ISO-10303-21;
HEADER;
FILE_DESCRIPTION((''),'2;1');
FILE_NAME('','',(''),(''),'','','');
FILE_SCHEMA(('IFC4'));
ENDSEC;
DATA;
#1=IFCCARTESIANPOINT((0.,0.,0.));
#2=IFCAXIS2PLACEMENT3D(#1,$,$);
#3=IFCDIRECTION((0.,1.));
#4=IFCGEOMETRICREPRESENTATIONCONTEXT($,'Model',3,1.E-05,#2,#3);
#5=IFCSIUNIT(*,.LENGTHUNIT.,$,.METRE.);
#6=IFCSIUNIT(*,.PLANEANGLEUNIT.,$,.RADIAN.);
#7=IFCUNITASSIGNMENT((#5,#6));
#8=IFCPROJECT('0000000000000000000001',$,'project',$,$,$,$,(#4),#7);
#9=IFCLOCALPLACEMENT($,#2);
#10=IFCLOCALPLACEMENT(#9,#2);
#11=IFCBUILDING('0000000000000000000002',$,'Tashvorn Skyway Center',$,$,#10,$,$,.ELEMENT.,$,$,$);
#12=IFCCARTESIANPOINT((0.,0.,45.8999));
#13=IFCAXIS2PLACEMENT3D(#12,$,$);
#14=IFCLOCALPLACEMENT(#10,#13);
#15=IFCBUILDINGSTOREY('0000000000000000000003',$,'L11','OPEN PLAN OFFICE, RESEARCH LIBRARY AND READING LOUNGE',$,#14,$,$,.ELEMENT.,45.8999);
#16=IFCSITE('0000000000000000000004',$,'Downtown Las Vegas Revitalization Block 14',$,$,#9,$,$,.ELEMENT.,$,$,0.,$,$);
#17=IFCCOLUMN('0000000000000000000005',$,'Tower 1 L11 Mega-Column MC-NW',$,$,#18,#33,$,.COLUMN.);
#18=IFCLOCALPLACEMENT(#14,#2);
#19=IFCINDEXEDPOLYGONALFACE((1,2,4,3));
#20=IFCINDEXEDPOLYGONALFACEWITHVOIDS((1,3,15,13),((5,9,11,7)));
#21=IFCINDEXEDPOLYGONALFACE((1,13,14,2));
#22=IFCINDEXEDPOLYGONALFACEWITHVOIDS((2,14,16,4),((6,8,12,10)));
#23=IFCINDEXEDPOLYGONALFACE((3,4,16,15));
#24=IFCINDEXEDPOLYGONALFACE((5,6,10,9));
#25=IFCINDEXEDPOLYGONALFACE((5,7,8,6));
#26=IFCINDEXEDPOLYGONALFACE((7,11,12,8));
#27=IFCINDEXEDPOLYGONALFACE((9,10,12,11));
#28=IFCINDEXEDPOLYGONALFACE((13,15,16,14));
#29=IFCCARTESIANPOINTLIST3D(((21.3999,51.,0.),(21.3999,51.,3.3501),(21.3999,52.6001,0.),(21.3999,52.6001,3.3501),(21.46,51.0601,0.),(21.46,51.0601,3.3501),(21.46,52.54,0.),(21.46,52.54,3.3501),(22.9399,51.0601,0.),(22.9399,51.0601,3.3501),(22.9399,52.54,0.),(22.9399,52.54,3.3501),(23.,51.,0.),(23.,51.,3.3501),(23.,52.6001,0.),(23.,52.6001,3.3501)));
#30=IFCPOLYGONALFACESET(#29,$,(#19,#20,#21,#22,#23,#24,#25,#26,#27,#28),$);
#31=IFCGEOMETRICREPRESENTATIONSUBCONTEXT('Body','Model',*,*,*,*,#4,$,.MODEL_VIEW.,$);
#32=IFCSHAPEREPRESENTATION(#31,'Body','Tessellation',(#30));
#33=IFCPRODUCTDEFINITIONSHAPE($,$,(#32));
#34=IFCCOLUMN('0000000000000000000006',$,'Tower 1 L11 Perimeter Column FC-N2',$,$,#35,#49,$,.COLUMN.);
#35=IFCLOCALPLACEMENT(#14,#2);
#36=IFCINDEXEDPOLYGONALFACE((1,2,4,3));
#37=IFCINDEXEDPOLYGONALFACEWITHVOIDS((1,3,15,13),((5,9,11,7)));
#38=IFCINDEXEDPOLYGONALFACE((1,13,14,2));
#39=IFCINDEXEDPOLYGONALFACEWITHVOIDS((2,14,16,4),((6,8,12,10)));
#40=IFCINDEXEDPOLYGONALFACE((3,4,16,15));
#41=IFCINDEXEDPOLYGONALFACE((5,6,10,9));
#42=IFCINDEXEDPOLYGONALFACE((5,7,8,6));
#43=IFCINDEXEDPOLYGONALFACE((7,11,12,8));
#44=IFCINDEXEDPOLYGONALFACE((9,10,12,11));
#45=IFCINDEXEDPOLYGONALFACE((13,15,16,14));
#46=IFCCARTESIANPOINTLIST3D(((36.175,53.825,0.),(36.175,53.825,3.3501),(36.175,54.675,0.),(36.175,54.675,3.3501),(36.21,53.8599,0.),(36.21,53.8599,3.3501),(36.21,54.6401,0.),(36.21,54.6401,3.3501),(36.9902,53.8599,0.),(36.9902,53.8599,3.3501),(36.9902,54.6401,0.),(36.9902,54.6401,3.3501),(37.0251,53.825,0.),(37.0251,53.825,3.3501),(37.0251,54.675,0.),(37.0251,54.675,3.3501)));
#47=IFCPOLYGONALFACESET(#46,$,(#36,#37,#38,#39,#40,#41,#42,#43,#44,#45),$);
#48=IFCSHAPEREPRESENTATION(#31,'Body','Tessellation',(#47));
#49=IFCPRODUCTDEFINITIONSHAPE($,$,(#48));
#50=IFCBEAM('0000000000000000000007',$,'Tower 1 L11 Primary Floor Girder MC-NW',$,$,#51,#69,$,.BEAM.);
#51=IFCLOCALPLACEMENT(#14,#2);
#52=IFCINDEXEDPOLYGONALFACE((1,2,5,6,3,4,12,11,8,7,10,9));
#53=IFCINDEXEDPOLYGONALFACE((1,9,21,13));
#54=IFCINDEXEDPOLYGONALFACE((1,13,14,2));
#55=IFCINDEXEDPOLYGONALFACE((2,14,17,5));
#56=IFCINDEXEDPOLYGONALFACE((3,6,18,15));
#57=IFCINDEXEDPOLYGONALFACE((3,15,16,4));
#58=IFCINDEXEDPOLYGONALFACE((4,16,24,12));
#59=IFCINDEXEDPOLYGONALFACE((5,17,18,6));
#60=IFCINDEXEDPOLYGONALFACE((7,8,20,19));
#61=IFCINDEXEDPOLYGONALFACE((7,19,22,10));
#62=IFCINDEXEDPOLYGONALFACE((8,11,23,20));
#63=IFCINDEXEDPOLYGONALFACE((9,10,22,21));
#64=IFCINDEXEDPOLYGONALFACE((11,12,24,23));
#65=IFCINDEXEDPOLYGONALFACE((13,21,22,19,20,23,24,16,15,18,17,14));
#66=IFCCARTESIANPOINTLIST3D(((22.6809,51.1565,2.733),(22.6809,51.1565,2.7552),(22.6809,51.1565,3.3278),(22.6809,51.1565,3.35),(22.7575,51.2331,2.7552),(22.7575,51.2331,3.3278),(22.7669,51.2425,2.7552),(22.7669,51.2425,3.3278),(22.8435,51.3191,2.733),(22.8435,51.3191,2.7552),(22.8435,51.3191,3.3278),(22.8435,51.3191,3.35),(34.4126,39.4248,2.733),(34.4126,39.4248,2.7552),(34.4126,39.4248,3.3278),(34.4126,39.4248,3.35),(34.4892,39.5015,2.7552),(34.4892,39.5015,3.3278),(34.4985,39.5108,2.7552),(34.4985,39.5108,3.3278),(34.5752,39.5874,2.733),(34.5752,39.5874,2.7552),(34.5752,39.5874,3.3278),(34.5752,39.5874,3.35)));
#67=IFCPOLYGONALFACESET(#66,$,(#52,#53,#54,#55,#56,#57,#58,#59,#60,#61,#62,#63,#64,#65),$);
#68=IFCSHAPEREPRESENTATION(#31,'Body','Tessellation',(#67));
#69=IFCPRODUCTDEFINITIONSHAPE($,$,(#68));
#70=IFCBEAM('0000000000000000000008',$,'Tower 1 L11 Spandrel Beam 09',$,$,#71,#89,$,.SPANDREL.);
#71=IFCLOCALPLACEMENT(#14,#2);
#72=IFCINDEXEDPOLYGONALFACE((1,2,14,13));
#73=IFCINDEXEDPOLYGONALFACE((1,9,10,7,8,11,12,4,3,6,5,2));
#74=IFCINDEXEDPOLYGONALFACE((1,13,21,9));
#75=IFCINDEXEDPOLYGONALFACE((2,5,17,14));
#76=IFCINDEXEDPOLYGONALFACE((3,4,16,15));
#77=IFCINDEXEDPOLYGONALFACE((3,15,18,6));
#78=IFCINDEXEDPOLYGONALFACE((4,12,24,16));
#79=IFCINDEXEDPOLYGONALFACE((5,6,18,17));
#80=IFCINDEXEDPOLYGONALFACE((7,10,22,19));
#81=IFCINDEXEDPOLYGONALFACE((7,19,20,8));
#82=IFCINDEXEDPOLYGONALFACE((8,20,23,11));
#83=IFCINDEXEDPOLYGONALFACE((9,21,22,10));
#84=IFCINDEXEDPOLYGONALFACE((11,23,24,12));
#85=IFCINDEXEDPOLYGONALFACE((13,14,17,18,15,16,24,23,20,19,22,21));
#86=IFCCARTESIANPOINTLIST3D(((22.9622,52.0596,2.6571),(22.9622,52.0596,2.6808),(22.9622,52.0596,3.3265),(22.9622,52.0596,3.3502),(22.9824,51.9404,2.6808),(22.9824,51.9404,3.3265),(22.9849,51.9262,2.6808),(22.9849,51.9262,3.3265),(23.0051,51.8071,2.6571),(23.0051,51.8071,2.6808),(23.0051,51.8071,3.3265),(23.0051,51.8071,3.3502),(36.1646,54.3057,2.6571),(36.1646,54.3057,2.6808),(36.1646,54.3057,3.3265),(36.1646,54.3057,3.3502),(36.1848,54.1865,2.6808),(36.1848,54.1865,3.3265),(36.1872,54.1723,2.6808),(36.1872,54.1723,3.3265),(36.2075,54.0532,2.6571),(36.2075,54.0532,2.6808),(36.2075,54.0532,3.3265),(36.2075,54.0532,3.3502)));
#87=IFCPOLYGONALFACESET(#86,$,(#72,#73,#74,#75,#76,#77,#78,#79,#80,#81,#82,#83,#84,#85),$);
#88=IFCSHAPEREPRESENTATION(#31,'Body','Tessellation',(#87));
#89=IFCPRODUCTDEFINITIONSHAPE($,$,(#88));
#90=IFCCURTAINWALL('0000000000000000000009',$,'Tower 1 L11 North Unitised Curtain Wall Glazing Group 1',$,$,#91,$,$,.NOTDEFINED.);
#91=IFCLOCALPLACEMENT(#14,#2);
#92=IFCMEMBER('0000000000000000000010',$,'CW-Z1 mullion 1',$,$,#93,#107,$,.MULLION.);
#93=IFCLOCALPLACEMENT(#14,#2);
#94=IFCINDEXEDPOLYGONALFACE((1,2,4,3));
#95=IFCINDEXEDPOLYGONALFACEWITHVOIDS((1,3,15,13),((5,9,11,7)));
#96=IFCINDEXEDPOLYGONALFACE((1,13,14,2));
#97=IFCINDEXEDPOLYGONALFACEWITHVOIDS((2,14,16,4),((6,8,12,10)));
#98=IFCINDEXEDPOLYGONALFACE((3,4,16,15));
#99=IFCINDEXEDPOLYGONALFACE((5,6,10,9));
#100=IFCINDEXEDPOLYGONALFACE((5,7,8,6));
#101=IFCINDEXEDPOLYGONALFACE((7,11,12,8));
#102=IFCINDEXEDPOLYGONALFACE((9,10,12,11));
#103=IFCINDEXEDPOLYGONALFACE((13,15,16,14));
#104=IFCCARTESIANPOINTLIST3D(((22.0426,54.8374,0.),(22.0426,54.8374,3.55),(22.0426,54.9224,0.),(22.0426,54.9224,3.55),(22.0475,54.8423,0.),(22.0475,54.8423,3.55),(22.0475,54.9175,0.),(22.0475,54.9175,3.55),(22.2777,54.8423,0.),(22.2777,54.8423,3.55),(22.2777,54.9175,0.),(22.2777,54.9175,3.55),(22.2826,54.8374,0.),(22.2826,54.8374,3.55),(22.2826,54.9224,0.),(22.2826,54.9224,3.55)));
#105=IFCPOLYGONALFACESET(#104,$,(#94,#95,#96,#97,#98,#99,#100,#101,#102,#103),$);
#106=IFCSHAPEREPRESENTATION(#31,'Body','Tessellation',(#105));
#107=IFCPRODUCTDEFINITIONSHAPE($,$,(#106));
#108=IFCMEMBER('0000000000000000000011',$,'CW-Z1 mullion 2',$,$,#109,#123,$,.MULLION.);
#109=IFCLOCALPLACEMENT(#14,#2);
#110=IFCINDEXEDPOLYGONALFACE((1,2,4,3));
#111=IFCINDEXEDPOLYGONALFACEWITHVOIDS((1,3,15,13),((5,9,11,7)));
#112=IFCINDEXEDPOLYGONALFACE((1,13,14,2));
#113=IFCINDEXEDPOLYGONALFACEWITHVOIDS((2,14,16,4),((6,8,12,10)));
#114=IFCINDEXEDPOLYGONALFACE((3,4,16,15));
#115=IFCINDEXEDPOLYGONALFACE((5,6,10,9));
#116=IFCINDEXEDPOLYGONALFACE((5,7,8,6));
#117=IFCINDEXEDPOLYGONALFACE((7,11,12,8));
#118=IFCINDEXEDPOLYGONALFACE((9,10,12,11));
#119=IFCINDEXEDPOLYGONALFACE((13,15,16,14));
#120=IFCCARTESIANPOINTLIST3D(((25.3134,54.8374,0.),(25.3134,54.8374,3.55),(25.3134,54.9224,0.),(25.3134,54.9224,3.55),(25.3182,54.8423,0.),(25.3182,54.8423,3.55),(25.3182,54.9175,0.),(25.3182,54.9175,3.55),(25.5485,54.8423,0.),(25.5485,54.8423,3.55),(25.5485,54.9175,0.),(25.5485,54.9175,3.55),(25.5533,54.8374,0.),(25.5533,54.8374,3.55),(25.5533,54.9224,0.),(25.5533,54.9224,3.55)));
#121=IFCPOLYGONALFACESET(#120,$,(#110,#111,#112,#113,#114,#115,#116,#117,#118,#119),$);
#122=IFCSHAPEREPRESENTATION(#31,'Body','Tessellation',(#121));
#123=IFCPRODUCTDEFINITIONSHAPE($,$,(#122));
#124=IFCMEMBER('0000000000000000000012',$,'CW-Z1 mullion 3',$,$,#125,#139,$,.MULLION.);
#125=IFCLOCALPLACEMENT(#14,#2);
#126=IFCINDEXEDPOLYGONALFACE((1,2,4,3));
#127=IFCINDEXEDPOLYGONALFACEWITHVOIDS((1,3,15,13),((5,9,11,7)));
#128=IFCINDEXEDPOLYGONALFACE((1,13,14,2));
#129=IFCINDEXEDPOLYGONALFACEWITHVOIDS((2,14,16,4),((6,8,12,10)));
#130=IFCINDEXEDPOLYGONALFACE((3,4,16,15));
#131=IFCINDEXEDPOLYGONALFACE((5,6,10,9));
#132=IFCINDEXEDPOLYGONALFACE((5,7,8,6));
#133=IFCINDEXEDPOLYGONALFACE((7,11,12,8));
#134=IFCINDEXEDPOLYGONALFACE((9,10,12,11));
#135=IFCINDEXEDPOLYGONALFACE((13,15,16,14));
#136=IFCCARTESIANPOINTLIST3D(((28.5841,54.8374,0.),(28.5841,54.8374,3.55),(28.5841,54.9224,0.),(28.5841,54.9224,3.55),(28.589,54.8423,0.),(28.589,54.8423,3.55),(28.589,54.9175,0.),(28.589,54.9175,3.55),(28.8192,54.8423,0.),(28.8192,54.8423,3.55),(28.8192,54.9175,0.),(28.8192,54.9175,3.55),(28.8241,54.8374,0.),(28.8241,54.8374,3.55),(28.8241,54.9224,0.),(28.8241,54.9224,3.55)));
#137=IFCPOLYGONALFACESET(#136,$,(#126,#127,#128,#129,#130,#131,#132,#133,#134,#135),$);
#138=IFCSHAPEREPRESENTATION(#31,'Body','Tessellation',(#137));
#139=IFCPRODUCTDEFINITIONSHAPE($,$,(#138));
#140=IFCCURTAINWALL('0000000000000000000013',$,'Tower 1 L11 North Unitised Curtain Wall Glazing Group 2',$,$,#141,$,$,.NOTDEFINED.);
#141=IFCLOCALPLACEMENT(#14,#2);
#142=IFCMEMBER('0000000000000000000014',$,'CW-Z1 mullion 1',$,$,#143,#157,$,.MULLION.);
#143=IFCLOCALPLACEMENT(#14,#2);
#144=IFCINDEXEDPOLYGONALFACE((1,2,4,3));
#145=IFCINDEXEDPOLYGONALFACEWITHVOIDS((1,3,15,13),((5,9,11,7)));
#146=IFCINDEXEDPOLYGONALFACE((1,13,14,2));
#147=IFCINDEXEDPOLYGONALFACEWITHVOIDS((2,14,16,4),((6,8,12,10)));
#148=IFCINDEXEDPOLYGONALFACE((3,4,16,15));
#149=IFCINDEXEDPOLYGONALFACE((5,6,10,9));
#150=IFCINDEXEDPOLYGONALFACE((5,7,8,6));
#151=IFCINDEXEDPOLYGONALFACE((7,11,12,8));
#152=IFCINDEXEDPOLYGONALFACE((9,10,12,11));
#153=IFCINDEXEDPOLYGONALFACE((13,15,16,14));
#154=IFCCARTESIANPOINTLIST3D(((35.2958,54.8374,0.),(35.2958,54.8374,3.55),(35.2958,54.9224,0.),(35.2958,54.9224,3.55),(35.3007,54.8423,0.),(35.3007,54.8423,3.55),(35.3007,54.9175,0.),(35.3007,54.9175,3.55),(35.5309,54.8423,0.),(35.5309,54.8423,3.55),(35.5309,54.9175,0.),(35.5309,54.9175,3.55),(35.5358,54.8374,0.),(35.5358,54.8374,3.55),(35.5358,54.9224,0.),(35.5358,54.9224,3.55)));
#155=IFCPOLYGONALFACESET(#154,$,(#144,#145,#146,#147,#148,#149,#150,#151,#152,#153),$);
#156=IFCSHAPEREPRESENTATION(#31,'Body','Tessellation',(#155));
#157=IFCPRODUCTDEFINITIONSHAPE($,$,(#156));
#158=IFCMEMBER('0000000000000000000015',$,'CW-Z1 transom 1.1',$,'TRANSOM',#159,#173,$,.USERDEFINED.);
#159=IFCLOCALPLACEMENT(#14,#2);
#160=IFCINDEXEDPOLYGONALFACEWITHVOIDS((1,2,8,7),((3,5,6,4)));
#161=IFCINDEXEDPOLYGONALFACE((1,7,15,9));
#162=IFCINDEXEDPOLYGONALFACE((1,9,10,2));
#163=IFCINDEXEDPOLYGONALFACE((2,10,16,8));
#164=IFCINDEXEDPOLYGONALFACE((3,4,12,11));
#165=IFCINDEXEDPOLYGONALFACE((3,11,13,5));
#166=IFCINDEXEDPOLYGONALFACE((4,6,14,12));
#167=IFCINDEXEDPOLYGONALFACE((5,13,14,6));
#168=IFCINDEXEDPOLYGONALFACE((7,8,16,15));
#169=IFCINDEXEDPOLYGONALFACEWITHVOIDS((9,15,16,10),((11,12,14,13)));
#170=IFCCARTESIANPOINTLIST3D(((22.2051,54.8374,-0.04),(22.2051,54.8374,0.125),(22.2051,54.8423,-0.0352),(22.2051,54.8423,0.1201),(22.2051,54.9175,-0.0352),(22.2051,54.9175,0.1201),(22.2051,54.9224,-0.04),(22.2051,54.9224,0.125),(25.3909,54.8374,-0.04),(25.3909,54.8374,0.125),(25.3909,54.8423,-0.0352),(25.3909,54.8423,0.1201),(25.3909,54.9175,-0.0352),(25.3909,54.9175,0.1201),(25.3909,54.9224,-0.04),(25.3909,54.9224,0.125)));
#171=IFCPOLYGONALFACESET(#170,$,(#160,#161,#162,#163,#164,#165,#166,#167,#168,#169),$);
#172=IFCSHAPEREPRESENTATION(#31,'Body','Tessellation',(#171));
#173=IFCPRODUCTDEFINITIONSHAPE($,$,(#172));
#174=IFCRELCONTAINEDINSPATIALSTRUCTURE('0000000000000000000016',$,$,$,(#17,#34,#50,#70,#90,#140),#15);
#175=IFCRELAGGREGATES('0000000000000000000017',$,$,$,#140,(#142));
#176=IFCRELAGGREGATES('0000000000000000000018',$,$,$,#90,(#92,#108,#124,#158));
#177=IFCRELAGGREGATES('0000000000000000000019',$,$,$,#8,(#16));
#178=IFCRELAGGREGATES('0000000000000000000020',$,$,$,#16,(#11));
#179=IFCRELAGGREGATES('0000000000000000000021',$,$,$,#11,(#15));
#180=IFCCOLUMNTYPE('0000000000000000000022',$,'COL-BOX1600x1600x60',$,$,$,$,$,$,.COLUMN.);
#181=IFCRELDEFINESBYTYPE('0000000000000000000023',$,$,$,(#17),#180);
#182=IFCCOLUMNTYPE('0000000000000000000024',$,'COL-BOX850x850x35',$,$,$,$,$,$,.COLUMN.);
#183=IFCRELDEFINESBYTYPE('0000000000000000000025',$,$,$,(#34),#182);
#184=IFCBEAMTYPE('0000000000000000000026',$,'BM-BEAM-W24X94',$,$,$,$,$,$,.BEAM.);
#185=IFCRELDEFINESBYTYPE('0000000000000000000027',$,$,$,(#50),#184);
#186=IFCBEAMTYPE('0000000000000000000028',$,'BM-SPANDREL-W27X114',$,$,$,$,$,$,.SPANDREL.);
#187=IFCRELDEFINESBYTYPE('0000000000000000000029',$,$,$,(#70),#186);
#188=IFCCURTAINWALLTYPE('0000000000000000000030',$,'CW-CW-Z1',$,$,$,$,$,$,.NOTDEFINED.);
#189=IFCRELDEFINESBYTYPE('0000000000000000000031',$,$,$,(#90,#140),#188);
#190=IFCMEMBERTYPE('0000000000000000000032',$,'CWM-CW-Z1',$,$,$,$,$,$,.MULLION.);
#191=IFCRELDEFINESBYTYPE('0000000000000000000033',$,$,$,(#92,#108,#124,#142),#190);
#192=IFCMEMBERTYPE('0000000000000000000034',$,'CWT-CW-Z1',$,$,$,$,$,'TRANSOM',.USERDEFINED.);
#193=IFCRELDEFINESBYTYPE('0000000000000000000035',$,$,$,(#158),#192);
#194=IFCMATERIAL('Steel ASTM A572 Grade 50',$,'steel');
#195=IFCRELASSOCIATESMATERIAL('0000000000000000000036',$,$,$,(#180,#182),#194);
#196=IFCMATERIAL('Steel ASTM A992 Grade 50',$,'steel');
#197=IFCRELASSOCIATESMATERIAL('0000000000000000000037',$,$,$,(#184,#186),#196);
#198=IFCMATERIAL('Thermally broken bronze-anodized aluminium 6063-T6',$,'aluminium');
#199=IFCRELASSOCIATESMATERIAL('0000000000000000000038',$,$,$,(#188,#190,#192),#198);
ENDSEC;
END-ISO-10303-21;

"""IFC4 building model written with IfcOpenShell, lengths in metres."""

from ifc_helpers import new_model, si_unit, direction, frame, origin, origin_2d, place, context, subcontext, project, spatial, hollow_rectangle, i_section, extrude, material, material_profile, profile_set, type_object, element, aggregate, save


model = new_model("IFC4")

# Units and contexts
model_context = context("Model", 3, precision=1e-05, world=origin(), true_north=direction((0.0, 1.0)))
body_context = subcontext(model_context, "Body", "Model", "MODEL_VIEW")
ifc_project = project(units=[si_unit("LENGTHUNIT", "METRE"), si_unit("PLANEANGLEUNIT", "RADIAN")], contexts=[model_context])

# Site, building, storey
site_placement = place(None, origin())
site = spatial("IfcSite", under=ifc_project, at=site_placement, Name="Downtown Las Vegas Revitalization Block 14", CompositionType="ELEMENT", RefElevation=0.0)
building_placement = place(site_placement, origin())
building = spatial("IfcBuilding", under=site, at=building_placement, Name="Tashvorn Skyway Center", CompositionType="ELEMENT")
storey_placement = place(building_placement, frame((0.0, 0.0, 45.8999)))
storey = spatial("IfcBuildingStorey", under=building, at=storey_placement, Name="L11", Description="OPEN PLAN OFFICE, RESEARCH LIBRARY AND READING LOUNGE", CompositionType="ELEMENT", Elevation=45.8999)

# Columns
ifc_material_1 = material(Name="Steel ASTM A572 Grade 50", Category="steel")
ifc_material_profile_1 = material_profile(ifc_material_1, hollow_rectangle(XDim=1.6001, YDim=1.6001, WallThickness=0.0601, at=origin_2d()), Name="BOX1600x1600x60")
ifc_profile_set_1 = profile_set([ifc_material_profile_1], Name="Steel ASTM A572 Grade 50")
column_type_1 = type_object("IfcColumnType", Name="COL-BOX1600x1600x60", PredefinedType="COLUMN", material=ifc_profile_set_1)
column_1_placement = place(storey_placement, frame((22.2, 51.8, 0.0), z_axis=(0.0, 0.0, 1.0), x_axis=(1.0, 0.0, 0.0)))
element("IfcColumn", 1, at=column_1_placement, inside=storey, type_object=column_type_1, Name="Tower 1 L11 Mega-Column MC-NW", PredefinedType="COLUMN", context=body_context, shape_type="SweptSolid", body=[
    extrude(hollow_rectangle(XDim=1.6001, YDim=1.6001, WallThickness=0.0601, at=origin_2d()), origin(), (0.0, 0.0, 1.0), 3.3501),
])
ifc_material_profile_2 = material_profile(ifc_material_1, hollow_rectangle(XDim=0.8501, YDim=0.8501, WallThickness=0.0349, at=origin_2d()), Name="BOX850x850x35")
ifc_profile_set_2 = profile_set([ifc_material_profile_2], Name="Steel ASTM A572 Grade 50")
column_type_2 = type_object("IfcColumnType", Name="COL-BOX850x850x35", PredefinedType="COLUMN", material=ifc_profile_set_2)
column_2_placement = place(storey_placement, frame((36.6001, 54.25, 0.0), z_axis=(0.0, 0.0, 1.0), x_axis=(1.0, 0.0, 0.0)))
element("IfcColumn", 2, at=column_2_placement, inside=storey, type_object=column_type_2, Name="Tower 1 L11 Perimeter Column FC-N2", PredefinedType="COLUMN", context=body_context, shape_type="SweptSolid", body=[
    extrude(hollow_rectangle(XDim=0.8501, YDim=0.8501, WallThickness=0.0349, at=origin_2d()), origin(), (0.0, 0.0, 1.0), 3.3501),
])

# Beams
ifc_material_2 = material(Name="Steel ASTM A992 Grade 50", Category="steel")
ifc_material_profile_3 = material_profile(ifc_material_2, i_section(OverallWidth=0.23, OverallDepth=0.6169, WebThickness=0.0132, FlangeThickness=0.0222, at=origin_2d()), Name="W24X94")
ifc_profile_set_3 = profile_set([ifc_material_profile_3], Name="Steel ASTM A992 Grade 50")
beam_type_1 = type_object("IfcBeamType", Name="BM-BEAM-W24X94", PredefinedType="BEAM", material=ifc_profile_set_3)
beam_1_placement = place(storey_placement, frame((22.7622, 51.2378, 3.0415), z_axis=(0.707107, -0.707107, 0.0), x_axis=(0.707107, 0.707107, 0.0)))
element("IfcBeam", 3, at=beam_1_placement, inside=storey, type_object=beam_type_1, Name="Tower 1 L11 Primary Floor Girder MC-NW", PredefinedType="BEAM", context=body_context, shape_type="SweptSolid", body=[
    extrude(i_section(OverallWidth=0.23, OverallDepth=0.6169, WebThickness=0.0132, FlangeThickness=0.0222, at=origin_2d()), origin(), (0.0, 0.0, 1.0), 16.5911),
])
ifc_material_profile_4 = material_profile(ifc_material_2, i_section(OverallWidth=0.2561, OverallDepth=0.6931, WebThickness=0.0144, FlangeThickness=0.0237, at=origin_2d()), Name="W27X114")
ifc_profile_set_4 = profile_set([ifc_material_profile_4], Name="Steel ASTM A992 Grade 50")
beam_type_2 = type_object("IfcBeamType", Name="BM-SPANDREL-W27X114", PredefinedType="SPANDREL", material=ifc_profile_set_4)
beam_2_placement = place(storey_placement, frame((36.186, 54.1794, 3.0037), z_axis=(-0.985835, -0.167718, 0.0), x_axis=(0.167718, -0.985835, 0.0)))
element("IfcBeam", 4, at=beam_2_placement, inside=storey, type_object=beam_type_2, Name="Tower 1 L11 Spandrel Beam 09", PredefinedType="SPANDREL", context=body_context, shape_type="SweptSolid", body=[
    extrude(i_section(OverallWidth=0.2561, OverallDepth=0.6931, WebThickness=0.0144, FlangeThickness=0.0237, at=origin_2d()), origin(), (0.0, 0.0, 1.0), 13.3921),
])

# Curtain wall, members
ifc_material_3 = material(Name="Thermally broken bronze-anodized aluminium 6063-T6", Category="aluminium")
curtain_wall_type = type_object("IfcCurtainWallType", Name="CW-CW-Z1", PredefinedType="NOTDEFINED", material=ifc_material_3)
curtain_wall_1_placement = place(storey_placement, origin())
curtain_wall_1 = element("IfcCurtainWall", 5, at=curtain_wall_1_placement, inside=storey, type_object=curtain_wall_type, Name="Tower 1 L11 North Unitised Curtain Wall Glazing Group 1", PredefinedType="NOTDEFINED")
ifc_material_profile_5 = material_profile(ifc_material_3, hollow_rectangle(XDim=0.085, YDim=0.24, WallThickness=0.0049, at=origin_2d()), Name="ALU-MULL-85x240")
ifc_profile_set_5 = profile_set([ifc_material_profile_5], Name="Thermally broken bronze-anodized aluminium 6063-T6")
member_type_1 = type_object("IfcMemberType", Name="CWM-CW-Z1", PredefinedType="MULLION", material=ifc_profile_set_5)
member_1_placement = place(storey_placement, frame((22.1626, 54.8799, 0.0), z_axis=(0.0, 0.0, 1.0), x_axis=(0.0, 1.0, 0.0)))
member_1 = element("IfcMember", 6, at=member_1_placement, type_object=member_type_1, Name="CW-Z1 mullion 1", PredefinedType="MULLION", context=body_context, shape_type="SweptSolid", body=[
    extrude(hollow_rectangle(XDim=0.085, YDim=0.24, WallThickness=0.0049, at=origin_2d()), origin(), (0.0, 0.0, 1.0), 3.55),
])
member_2_placement = place(storey_placement, frame((25.4333, 54.8799, 0.0), z_axis=(0.0, 0.0, 1.0), x_axis=(0.0, 1.0, 0.0)))
member_2 = element("IfcMember", 7, at=member_2_placement, type_object=member_type_1, Name="CW-Z1 mullion 2", PredefinedType="MULLION", context=body_context, shape_type="SweptSolid", body=[
    extrude(hollow_rectangle(XDim=0.085, YDim=0.24, WallThickness=0.0049, at=origin_2d()), origin(), (0.0, 0.0, 1.0), 3.55),
])
member_3_placement = place(storey_placement, frame((28.7041, 54.8799, 0.0), z_axis=(0.0, 0.0, 1.0), x_axis=(0.0, 1.0, 0.0)))
member_3 = element("IfcMember", 8, at=member_3_placement, type_object=member_type_1, Name="CW-Z1 mullion 3", PredefinedType="MULLION", context=body_context, shape_type="SweptSolid", body=[
    extrude(hollow_rectangle(XDim=0.085, YDim=0.24, WallThickness=0.0049, at=origin_2d()), origin(), (0.0, 0.0, 1.0), 3.55),
])

# Curtain wall, member
curtain_wall_2_placement = place(storey_placement, origin())
curtain_wall_2 = element("IfcCurtainWall", 9, at=curtain_wall_2_placement, inside=storey, type_object=curtain_wall_type, Name="Tower 1 L11 North Unitised Curtain Wall Glazing Group 2", PredefinedType="NOTDEFINED")
member_4_placement = place(storey_placement, frame((35.4158, 54.8799, 0.0), z_axis=(0.0, 0.0, 1.0), x_axis=(0.0, 1.0, 0.0)))
member_4 = element("IfcMember", 10, at=member_4_placement, type_object=member_type_1, Name="CW-Z1 mullion 1", PredefinedType="MULLION", context=body_context, shape_type="SweptSolid", body=[
    extrude(hollow_rectangle(XDim=0.085, YDim=0.24, WallThickness=0.0049, at=origin_2d()), origin(), (0.0, 0.0, 1.0), 3.55),
])

# Member
ifc_material_profile_6 = material_profile(ifc_material_3, hollow_rectangle(XDim=0.085, YDim=0.165, WallThickness=0.0049, at=origin_2d()), Name="ALU-TRAN-85x165")
ifc_profile_set_6 = profile_set([ifc_material_profile_6], Name="Thermally broken bronze-anodized aluminium 6063-T6")
member_type_2 = type_object("IfcMemberType", Name="CWT-CW-Z1", ElementType="TRANSOM", PredefinedType="USERDEFINED", material=ifc_profile_set_6)
member_5_placement = place(storey_placement, frame((22.2051, 54.8799, 0.0425), z_axis=(1.0, 0.0, 0.0), x_axis=(0.0, 1.0, 0.0)))
member_5 = element("IfcMember", 11, at=member_5_placement, type_object=member_type_2, Name="CW-Z1 transom 1.1", ObjectType="TRANSOM", PredefinedType="USERDEFINED", context=body_context, shape_type="SweptSolid", body=[
    extrude(hollow_rectangle(XDim=0.085, YDim=0.165, WallThickness=0.0049, at=origin_2d()), origin(), (0.0, 0.0, 1.0), 3.1858),
])
aggregate(curtain_wall_2, [member_4])

aggregate(curtain_wall_1, [member_1, member_2, member_3, member_5])

save(model, "model.ifc")
